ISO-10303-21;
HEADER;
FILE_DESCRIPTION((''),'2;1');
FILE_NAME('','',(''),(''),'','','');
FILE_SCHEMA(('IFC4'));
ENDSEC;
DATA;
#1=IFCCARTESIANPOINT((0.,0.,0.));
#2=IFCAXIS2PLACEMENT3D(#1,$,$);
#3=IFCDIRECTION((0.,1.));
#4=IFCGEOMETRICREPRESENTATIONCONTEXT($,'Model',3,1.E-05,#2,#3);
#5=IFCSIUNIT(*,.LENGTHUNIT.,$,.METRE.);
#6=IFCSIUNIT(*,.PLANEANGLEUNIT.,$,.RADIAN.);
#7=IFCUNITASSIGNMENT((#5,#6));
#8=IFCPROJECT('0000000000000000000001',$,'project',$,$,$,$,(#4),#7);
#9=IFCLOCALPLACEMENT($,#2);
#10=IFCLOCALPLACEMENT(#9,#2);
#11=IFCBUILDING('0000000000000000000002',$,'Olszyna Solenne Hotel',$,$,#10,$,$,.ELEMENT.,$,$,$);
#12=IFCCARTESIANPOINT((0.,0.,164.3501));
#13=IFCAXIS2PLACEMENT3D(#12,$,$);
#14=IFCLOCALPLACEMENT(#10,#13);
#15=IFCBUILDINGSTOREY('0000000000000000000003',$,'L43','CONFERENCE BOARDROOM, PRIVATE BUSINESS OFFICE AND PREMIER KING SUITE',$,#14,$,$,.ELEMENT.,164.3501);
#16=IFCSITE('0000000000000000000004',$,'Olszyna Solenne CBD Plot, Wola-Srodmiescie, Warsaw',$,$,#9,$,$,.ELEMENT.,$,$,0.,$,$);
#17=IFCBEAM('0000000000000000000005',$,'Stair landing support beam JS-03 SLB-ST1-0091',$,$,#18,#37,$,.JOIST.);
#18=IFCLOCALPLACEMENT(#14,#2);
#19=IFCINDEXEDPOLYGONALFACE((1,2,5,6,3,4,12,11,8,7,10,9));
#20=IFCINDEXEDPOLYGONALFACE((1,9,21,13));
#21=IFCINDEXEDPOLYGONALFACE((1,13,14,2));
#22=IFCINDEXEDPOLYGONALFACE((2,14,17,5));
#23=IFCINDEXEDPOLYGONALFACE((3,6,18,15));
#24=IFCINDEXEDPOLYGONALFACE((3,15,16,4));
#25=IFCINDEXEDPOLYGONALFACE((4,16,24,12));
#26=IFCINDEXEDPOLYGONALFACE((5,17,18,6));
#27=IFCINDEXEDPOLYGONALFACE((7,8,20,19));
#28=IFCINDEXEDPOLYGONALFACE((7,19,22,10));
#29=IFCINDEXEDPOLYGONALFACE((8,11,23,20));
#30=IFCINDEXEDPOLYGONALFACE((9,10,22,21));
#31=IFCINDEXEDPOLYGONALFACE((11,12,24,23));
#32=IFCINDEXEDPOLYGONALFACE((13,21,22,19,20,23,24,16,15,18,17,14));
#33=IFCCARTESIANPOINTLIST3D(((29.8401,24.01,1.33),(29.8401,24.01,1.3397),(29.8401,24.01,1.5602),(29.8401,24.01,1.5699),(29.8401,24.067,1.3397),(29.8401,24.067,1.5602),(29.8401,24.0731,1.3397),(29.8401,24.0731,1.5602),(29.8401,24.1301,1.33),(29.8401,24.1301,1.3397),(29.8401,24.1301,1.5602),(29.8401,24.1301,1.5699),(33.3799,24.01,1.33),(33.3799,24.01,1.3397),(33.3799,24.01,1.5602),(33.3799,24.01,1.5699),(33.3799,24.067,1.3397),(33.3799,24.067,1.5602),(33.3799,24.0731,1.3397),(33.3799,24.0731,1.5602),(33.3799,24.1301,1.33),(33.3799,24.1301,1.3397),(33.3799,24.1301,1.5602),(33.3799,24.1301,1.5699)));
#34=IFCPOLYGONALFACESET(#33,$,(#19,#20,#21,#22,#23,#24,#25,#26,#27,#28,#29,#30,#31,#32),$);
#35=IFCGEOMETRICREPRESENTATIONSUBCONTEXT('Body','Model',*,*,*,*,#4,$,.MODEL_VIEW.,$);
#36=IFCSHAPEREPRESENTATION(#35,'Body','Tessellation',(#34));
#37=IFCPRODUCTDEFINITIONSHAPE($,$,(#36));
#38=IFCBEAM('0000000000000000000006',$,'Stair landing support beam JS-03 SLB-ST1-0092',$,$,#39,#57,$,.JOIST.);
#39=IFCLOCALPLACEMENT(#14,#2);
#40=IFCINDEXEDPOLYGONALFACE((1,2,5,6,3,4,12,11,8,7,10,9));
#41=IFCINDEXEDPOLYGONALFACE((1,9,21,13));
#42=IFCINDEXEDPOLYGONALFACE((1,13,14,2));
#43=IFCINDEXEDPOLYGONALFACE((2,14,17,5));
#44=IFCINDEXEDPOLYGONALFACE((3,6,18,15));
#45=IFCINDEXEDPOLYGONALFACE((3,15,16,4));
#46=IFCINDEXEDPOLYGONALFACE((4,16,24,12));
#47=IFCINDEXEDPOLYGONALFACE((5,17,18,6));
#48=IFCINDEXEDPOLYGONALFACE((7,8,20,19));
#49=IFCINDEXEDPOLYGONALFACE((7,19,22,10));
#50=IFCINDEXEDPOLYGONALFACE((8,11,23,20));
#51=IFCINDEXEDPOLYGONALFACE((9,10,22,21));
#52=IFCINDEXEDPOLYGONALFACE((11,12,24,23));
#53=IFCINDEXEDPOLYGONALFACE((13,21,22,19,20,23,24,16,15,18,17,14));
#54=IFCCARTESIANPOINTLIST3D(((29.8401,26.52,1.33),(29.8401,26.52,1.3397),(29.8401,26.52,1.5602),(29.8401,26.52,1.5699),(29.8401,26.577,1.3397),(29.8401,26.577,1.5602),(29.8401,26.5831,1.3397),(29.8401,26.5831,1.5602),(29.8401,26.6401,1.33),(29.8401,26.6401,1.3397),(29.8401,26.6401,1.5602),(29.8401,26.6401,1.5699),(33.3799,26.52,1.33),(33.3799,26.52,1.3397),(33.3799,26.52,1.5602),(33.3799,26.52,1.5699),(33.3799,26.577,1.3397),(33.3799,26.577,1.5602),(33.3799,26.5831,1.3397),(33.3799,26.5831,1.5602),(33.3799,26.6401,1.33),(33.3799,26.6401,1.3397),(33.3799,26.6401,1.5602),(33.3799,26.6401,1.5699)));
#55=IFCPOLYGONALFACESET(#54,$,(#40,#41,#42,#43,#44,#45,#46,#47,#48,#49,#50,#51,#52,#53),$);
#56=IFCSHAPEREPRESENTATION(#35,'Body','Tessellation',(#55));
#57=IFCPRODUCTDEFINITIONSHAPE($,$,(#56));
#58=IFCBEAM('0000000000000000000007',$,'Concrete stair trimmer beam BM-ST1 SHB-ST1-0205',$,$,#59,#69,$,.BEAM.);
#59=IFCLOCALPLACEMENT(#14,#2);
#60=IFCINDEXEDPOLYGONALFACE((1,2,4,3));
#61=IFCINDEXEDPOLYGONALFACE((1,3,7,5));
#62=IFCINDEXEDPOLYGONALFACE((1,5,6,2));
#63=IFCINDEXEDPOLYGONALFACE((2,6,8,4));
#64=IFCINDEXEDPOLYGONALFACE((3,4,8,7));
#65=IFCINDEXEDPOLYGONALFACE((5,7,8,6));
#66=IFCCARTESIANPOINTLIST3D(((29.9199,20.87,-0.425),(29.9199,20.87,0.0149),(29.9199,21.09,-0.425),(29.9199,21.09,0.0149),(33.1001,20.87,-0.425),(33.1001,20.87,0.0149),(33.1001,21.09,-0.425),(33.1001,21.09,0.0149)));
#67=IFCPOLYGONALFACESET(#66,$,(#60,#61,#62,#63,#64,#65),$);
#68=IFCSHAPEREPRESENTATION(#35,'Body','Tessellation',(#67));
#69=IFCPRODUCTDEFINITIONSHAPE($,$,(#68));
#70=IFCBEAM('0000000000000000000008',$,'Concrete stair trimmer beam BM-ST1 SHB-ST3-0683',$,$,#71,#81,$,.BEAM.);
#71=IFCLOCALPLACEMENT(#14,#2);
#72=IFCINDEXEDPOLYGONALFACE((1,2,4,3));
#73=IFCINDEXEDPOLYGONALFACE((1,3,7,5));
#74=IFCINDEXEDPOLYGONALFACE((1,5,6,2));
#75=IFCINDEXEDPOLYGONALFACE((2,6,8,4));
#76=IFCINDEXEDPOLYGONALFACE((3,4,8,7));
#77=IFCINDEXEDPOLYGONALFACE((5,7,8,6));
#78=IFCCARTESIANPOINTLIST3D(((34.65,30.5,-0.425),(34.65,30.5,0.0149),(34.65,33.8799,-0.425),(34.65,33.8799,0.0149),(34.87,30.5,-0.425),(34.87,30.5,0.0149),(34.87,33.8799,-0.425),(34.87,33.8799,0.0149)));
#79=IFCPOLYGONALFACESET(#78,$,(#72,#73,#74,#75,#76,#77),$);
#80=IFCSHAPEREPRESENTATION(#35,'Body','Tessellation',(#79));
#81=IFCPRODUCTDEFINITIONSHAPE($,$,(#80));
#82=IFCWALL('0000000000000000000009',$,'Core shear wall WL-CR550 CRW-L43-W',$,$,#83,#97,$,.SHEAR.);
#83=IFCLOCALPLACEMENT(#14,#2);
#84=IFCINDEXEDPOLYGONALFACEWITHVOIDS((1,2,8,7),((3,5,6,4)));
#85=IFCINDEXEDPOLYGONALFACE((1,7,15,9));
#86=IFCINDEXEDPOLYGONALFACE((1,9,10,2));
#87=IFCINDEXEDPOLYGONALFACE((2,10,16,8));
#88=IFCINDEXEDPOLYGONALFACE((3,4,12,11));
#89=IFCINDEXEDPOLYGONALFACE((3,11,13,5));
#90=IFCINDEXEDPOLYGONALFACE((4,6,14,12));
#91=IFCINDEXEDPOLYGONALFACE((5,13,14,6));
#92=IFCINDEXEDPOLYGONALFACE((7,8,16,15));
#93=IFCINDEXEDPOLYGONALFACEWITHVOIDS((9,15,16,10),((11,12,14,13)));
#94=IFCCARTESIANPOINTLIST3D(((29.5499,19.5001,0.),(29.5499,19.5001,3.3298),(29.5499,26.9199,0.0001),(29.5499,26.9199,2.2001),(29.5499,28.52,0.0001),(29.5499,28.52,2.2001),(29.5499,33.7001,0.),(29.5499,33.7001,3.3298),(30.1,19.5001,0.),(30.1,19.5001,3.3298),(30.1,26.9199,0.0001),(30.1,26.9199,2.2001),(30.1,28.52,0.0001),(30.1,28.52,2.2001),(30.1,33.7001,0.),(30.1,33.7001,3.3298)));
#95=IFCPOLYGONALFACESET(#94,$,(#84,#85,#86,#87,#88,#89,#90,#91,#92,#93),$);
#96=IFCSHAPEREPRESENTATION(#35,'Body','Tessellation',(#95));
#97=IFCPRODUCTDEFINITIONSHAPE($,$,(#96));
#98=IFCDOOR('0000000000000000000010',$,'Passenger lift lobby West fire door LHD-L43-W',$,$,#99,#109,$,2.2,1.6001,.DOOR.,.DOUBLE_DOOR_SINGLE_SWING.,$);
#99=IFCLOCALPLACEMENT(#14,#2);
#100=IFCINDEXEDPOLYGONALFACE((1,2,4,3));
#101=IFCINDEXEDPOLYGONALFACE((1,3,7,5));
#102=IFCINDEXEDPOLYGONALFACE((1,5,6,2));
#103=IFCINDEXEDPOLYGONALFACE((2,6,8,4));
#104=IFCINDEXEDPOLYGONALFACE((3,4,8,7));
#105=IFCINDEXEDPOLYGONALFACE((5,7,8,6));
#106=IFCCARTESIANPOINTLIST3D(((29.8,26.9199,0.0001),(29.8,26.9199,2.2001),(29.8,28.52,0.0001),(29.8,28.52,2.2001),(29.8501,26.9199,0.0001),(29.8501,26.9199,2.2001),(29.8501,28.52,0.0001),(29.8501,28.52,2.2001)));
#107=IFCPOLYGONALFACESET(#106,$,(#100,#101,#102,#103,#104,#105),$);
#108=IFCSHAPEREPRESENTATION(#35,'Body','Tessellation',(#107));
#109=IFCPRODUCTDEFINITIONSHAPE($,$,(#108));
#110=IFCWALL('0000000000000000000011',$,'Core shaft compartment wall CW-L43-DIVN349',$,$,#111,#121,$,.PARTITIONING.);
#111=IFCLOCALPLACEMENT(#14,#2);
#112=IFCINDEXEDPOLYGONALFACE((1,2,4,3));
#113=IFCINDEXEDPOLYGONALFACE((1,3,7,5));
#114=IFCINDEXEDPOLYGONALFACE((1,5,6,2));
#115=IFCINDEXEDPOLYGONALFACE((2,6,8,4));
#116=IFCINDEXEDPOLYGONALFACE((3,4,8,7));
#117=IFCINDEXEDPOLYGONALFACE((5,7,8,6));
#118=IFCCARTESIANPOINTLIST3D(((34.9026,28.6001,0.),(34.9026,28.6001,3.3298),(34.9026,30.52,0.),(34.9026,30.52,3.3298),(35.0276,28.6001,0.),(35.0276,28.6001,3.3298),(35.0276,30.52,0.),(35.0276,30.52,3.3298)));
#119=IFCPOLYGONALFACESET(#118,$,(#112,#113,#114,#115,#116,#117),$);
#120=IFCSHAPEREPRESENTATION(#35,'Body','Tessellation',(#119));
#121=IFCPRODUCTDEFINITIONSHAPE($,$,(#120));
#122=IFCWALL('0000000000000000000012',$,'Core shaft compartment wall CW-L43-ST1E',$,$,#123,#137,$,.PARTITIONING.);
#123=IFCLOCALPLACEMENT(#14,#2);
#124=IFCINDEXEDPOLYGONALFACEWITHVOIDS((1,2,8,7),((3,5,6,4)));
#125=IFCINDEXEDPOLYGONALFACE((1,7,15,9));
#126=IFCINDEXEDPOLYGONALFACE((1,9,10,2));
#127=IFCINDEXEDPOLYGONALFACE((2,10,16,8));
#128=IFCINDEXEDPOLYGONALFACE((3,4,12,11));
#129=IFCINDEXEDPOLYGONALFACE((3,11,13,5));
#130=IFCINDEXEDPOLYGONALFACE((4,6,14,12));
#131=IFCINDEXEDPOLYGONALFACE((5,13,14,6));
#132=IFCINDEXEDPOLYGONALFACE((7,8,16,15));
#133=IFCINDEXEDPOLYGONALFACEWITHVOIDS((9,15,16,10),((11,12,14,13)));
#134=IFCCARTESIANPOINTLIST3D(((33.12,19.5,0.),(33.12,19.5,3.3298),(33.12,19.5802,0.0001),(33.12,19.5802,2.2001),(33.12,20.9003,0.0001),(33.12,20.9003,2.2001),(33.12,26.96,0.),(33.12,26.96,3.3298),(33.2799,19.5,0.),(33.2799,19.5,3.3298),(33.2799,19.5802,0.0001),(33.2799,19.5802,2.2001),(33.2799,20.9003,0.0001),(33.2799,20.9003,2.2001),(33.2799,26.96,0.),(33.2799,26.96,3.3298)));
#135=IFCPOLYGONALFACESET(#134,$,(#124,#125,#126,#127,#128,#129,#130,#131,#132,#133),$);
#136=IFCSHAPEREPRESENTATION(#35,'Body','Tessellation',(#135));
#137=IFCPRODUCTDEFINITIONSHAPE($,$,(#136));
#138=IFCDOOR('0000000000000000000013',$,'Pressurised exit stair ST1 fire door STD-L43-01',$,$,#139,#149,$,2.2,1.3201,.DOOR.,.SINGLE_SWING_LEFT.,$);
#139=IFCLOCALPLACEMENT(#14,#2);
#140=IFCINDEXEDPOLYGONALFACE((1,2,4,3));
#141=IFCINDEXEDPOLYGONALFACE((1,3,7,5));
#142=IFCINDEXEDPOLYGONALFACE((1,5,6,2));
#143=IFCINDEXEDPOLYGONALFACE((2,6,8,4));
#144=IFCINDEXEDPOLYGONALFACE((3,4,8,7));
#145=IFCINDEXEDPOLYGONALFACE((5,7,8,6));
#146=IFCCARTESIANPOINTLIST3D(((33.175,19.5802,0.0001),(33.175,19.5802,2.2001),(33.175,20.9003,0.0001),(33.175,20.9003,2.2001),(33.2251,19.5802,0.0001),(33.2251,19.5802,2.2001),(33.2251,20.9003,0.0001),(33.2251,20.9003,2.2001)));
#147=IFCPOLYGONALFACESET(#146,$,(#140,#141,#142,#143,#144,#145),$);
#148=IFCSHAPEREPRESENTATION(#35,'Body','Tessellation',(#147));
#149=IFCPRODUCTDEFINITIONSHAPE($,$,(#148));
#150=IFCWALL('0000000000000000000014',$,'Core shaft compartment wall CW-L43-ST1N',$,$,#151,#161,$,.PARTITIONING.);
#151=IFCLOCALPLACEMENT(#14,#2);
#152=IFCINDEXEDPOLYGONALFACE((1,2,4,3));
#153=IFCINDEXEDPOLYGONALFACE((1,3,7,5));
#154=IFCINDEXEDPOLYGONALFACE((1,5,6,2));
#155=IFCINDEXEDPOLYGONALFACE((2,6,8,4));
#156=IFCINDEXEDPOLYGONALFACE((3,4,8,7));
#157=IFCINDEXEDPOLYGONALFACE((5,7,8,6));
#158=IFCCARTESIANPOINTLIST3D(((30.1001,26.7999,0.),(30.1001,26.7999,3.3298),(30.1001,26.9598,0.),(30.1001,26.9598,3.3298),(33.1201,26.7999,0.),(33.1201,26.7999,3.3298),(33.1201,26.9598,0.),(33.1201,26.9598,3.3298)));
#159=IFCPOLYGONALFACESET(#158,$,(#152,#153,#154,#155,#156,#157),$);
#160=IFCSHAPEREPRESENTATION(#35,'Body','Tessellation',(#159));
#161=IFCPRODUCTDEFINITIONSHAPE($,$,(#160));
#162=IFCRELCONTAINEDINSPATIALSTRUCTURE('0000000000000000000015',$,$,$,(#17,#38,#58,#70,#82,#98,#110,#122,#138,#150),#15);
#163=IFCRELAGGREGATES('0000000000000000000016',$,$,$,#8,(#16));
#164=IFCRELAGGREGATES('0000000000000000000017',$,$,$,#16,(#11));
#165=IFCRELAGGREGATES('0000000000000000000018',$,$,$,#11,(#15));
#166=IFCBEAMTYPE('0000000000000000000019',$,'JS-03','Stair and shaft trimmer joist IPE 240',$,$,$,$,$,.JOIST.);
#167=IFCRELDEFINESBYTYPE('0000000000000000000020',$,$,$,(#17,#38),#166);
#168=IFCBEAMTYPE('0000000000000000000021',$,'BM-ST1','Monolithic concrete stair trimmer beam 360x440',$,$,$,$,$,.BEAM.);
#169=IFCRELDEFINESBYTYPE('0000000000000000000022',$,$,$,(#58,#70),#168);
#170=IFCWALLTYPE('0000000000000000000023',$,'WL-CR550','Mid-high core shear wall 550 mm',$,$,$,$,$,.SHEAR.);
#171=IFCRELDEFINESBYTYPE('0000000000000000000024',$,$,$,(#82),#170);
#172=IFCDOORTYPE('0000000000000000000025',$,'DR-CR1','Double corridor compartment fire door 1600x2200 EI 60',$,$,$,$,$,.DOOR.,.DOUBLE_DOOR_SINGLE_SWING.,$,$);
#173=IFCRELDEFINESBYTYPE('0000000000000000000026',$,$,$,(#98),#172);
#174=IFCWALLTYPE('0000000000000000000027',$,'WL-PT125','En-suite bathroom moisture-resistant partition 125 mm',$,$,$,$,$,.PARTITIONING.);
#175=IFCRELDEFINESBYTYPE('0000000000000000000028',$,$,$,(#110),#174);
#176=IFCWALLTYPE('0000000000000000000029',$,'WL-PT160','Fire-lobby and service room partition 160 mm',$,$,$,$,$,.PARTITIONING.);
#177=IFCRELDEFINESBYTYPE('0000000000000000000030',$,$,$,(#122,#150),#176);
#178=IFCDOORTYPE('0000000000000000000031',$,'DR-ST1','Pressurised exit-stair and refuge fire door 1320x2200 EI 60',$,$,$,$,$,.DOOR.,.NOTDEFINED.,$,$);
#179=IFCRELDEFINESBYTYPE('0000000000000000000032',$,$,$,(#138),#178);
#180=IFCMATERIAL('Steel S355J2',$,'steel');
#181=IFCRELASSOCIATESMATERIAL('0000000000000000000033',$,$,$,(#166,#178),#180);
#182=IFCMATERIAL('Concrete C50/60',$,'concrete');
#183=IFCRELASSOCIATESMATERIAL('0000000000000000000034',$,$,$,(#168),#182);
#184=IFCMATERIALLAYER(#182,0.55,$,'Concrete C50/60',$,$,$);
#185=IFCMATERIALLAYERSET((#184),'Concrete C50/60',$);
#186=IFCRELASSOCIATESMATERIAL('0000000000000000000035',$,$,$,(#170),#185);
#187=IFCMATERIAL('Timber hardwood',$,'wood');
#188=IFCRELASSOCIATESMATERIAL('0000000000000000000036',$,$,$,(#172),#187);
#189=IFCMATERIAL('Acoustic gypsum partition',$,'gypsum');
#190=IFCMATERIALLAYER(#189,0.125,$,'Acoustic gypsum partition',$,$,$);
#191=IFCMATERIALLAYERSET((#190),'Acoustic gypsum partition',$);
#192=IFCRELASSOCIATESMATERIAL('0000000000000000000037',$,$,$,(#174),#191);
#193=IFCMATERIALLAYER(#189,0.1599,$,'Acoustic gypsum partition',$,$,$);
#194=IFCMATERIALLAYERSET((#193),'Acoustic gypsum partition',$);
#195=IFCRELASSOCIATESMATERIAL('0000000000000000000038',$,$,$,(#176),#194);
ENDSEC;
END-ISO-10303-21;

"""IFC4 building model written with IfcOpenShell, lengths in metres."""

from ifc_helpers import new_model, si_unit, direction, frame, frame_2d, origin, origin_2d, place, context, subcontext, project, spatial, rectangle, i_section, extrude, source, transform, mapped, material, layer, layer_set, material_profile, profile_set, type_object, type_shapes, element, fill, save


model = new_model("IFC4")

# Units and contexts
model_context = context("Model", 3, precision=1e-05, world=origin(), true_north=direction((0.0, 1.0)))
body_context = subcontext(model_context, "Body", "Model", "MODEL_VIEW")
ifc_project = project(units=[si_unit("LENGTHUNIT", "METRE"), si_unit("PLANEANGLEUNIT", "RADIAN")], contexts=[model_context])

# Site, building, storey
site_placement = place(None, origin())
site = spatial("IfcSite", under=ifc_project, at=site_placement, Name="Olszyna Solenne CBD Plot, Wola-Srodmiescie, Warsaw", CompositionType="ELEMENT", RefElevation=0.0)
building_placement = place(site_placement, origin())
building = spatial("IfcBuilding", under=site, at=building_placement, Name="Olszyna Solenne Hotel", CompositionType="ELEMENT")
storey_placement = place(building_placement, frame((0.0, 0.0, 164.3501)))
storey = spatial("IfcBuildingStorey", under=building, at=storey_placement, Name="L43", Description="CONFERENCE BOARDROOM, PRIVATE BUSINESS OFFICE AND PREMIER KING SUITE", CompositionType="ELEMENT", Elevation=164.3501)

# Beams
ifc_material_1 = material(Name="Steel S355J2", Category="steel")
ifc_material_profile_1 = material_profile(ifc_material_1, i_section(OverallWidth=0.1201, OverallDepth=0.24, WebThickness=0.0061, FlangeThickness=0.0098, at=origin_2d()), Name="IPE 240", Category="load-bearing")
ifc_profile_set_1 = profile_set([ifc_material_profile_1], Name="Steel S355J2")
beam_type_1 = type_object("IfcBeamType", Name="JS-03", Description="Stair and shaft trimmer joist IPE 240", PredefinedType="JOIST", material=ifc_profile_set_1)
shared_shape_1 = source(origin(), body_context, "Body", "SweptSolid", [
    extrude(i_section(OverallWidth=0.1201, OverallDepth=0.24, WebThickness=0.0061, FlangeThickness=0.0098, at=origin_2d()), origin(), (0.0, 0.0, 1.0), 3.5398),
])
for number, where, z_axis, x_axis, name in (
    (1, (33.3799, 24.0701, 1.45), (-1.0, 0.0, 0.0), (0.0, -1.0, 0.0), "Stair landing support beam JS-03 SLB-ST1-0091"),
    (2, (33.3799, 26.5801, 1.45), (-1.0, 0.0, 0.0), (0.0, -1.0, 0.0), "Stair landing support beam JS-03 SLB-ST1-0092"),
):
    element("IfcBeam", number, at=place(storey_placement, frame(where, z_axis=z_axis, x_axis=x_axis)), inside=storey, type_object=beam_type_1, Name=name, PredefinedType="JOIST", context=body_context, shape_type="MappedRepresentation", body=[
        mapped(shared_shape_1, transform((0.0, 0.0, 0.0), x_axis=(1.0, 0.0, 0.0), y_axis=(0.0, 1.0, 0.0), z_axis=(0.0, 0.0, 1.0), scale=1.0)),
    ])
ifc_material_2 = material(Name="Concrete C50/60", Category="concrete")
ifc_material_profile_2 = material_profile(ifc_material_2, rectangle(XDim=0.22, YDim=0.4399, at=origin_2d()), Name="RC 220x440", Category="load-bearing")
ifc_profile_set_2 = profile_set([ifc_material_profile_2], Name="Concrete C50/60")
beam_type_2 = type_object("IfcBeamType", Name="BM-ST1", Description="Monolithic concrete stair trimmer beam 360x440", PredefinedType="BEAM", material=ifc_profile_set_2)
shared_shape_2 = source(origin(), body_context, "Body", "SweptSolid", [
    extrude(rectangle(XDim=0.22, YDim=0.4399, at=origin_2d()), origin(), (0.0, 0.0, 1.0), 3.1802),
])
beam_1_placement = place(storey_placement, frame((33.1001, 20.98, -0.2051), z_axis=(-1.0, 0.0, 0.0), x_axis=(0.0, -1.0, 0.0)))
element("IfcBeam", 3, at=beam_1_placement, inside=storey, type_object=beam_type_2, Name="Concrete stair trimmer beam BM-ST1 SHB-ST1-0205", PredefinedType="BEAM", context=body_context, shape_type="MappedRepresentation", body=[
    mapped(shared_shape_2, transform((0.0, 0.0, 0.0), x_axis=(1.0, 0.0, 0.0), y_axis=(0.0, 1.0, 0.0), z_axis=(0.0, 0.0, 1.0), scale=1.0)),
])
shared_shape_3 = source(origin(), body_context, "Body", "SweptSolid", [
    extrude(rectangle(XDim=0.22, YDim=0.4399, at=origin_2d()), origin(), (0.0, 0.0, 1.0), 3.3799),
])
beam_2_placement = place(storey_placement, frame((34.76, 30.5, -0.2051), z_axis=(0.0, 1.0, 0.0), x_axis=(-1.0, 0.0, 0.0)))
element("IfcBeam", 4, at=beam_2_placement, inside=storey, type_object=beam_type_2, Name="Concrete stair trimmer beam BM-ST1 SHB-ST3-0683", PredefinedType="BEAM", context=body_context, shape_type="MappedRepresentation", body=[
    mapped(shared_shape_3, transform((0.0, 0.0, 0.0), x_axis=(1.0, 0.0, 0.0), y_axis=(0.0, 1.0, 0.0), z_axis=(0.0, 0.0, 1.0), scale=1.0)),
])

# Wall, opening, door
ifc_layer_1 = layer(ifc_material_2, 0.55, Name="Concrete C50/60")
ifc_layer_set_1 = layer_set([ifc_layer_1], Name="Concrete C50/60")
wall_type_1 = type_object("IfcWallType", Name="WL-CR550", Description="Mid-high core shear wall 550 mm", PredefinedType="SHEAR", material=ifc_layer_set_1)
wall_1_placement = place(storey_placement, frame((29.825, 19.5, 0.0), z_axis=(0.0, 0.0, 1.0), x_axis=(0.0, 1.0, 0.0)))
wall_1 = element("IfcWall", 5, at=wall_1_placement, inside=storey, type_object=wall_type_1, Name="Core shear wall WL-CR550 CRW-L43-W", PredefinedType="SHEAR", context=body_context, shape_type="SweptSolid", body=[
    extrude(rectangle(XDim=14.2, YDim=0.55, at=frame_2d((7.1001, 0.0))), origin(), (0.0, 0.0, 1.0), 3.3298),
])
opening_1_placement = place(wall_1_placement, frame((7.4199, 0.0, 0.0)))
opening_1 = element("IfcOpeningElement", 6, at=opening_1_placement, cuts=wall_1, PredefinedType="OPENING", context=body_context, shape_type="SweptSolid", body=[
    extrude(rectangle(XDim=1.6001, YDim=2.2, at=frame_2d((0.8, 1.1001))), frame((0.0, 0.2852, 0.0), z_axis=(0.0, -1.0, 0.0), x_axis=(1.0, 0.0, 0.0)), (0.0, 0.0, 1.0), 0.5701),
])
ifc_material_3 = material(Name="Timber hardwood", Category="wood")
door_type_1 = type_object("IfcDoorType", Name="DR-CR1", Description="Double corridor compartment fire door 1600x2200 EI 60", OperationType="DOUBLE_DOOR_SINGLE_SWING", PredefinedType="DOOR", material=ifc_material_3)
shared_shape_4 = source(origin(), body_context, "Body", "SweptSolid", [
    extrude(rectangle(XDim=1.6001, YDim=2.2, at=frame_2d((0.8, 1.1001))), frame((0.0, 0.0249, 0.0), z_axis=(0.0, -1.0, 0.0), x_axis=(1.0, 0.0, 0.0)), (0.0, 0.0, 1.0), 0.05),
])
type_shapes(door_type_1, [shared_shape_4])
door_1_placement = place(opening_1_placement, origin())
door_1 = element("IfcDoor", 7, at=door_1_placement, inside=storey, type_object=door_type_1, Name="Passenger lift lobby West fire door LHD-L43-W", OperationType="DOUBLE_DOOR_SINGLE_SWING", OverallHeight=2.2, OverallWidth=1.6001, PredefinedType="DOOR", context=body_context, shape_type="MappedRepresentation", body=[
    mapped(shared_shape_4, transform((0.0, 0.0, 0.0), x_axis=(1.0, 0.0, 0.0), y_axis=(0.0, 1.0, 0.0), z_axis=(0.0, 0.0, 1.0), scale=1.0)),
])
fill(opening_1, door_1)

# Wall
ifc_material_4 = material(Name="Acoustic gypsum partition", Category="gypsum")
ifc_layer_2 = layer(ifc_material_4, 0.125, Name="Acoustic gypsum partition")
ifc_layer_set_2 = layer_set([ifc_layer_2], Name="Acoustic gypsum partition")
wall_type_2 = type_object("IfcWallType", Name="WL-PT125", Description="En-suite bathroom moisture-resistant partition 125 mm", PredefinedType="PARTITIONING", material=ifc_layer_set_2)
wall_2_placement = place(storey_placement, frame((34.9651, 28.6001, 0.0), z_axis=(0.0, 0.0, 1.0), x_axis=(0.0, 1.0, 0.0)))
element("IfcWall", 8, at=wall_2_placement, inside=storey, type_object=wall_type_2, Name="Core shaft compartment wall CW-L43-DIVN349", PredefinedType="PARTITIONING", context=body_context, shape_type="SweptSolid", body=[
    extrude(rectangle(XDim=1.9199, YDim=0.125, at=frame_2d((0.96, 0.0))), origin(), (0.0, 0.0, 1.0), 3.3298),
])

# Wall, opening, door
ifc_layer_3 = layer(ifc_material_4, 0.1599, Name="Acoustic gypsum partition")
ifc_layer_set_3 = layer_set([ifc_layer_3], Name="Acoustic gypsum partition")
wall_type_3 = type_object("IfcWallType", Name="WL-PT160", Description="Fire-lobby and service room partition 160 mm", PredefinedType="PARTITIONING", material=ifc_layer_set_3)
wall_3_placement = place(storey_placement, frame((33.2, 19.5, 0.0), z_axis=(0.0, 0.0, 1.0), x_axis=(0.0, 1.0, 0.0)))
wall_3 = element("IfcWall", 9, at=wall_3_placement, inside=storey, type_object=wall_type_3, Name="Core shaft compartment wall CW-L43-ST1E", PredefinedType="PARTITIONING", context=body_context, shape_type="SweptSolid", body=[
    extrude(rectangle(XDim=7.46, YDim=0.1599, at=frame_2d((3.73, 0.0))), origin(), (0.0, 0.0, 1.0), 3.3298),
])
opening_2_placement = place(wall_3_placement, frame((0.0801, 0.0, 0.0)))
opening_2 = element("IfcOpeningElement", 10, at=opening_2_placement, cuts=wall_3, PredefinedType="OPENING", context=body_context, shape_type="SweptSolid", body=[
    extrude(rectangle(XDim=1.3201, YDim=2.2, at=frame_2d((0.6602, 1.1001))), frame((0.0, 0.0898, 0.0), z_axis=(0.0, -1.0, 0.0), x_axis=(1.0, 0.0, 0.0)), (0.0, 0.0, 1.0), 0.1799),
])
door_type_2 = type_object("IfcDoorType", Name="DR-ST1", Description="Pressurised exit-stair and refuge fire door 1320x2200 EI 60", OperationType="NOTDEFINED", PredefinedType="DOOR", material=ifc_material_1)
shared_shape_5 = source(origin(), body_context, "Body", "SweptSolid", [
    extrude(rectangle(XDim=1.3201, YDim=2.2, at=frame_2d((0.6602, 1.1001))), frame((0.0, 0.0249, 0.0), z_axis=(0.0, -1.0, 0.0), x_axis=(1.0, 0.0, 0.0)), (0.0, 0.0, 1.0), 0.05),
])
type_shapes(door_type_2, [shared_shape_5])
door_2_placement = place(opening_2_placement, origin())
door_2 = element("IfcDoor", 11, at=door_2_placement, inside=storey, type_object=door_type_2, Name="Pressurised exit stair ST1 fire door STD-L43-01", OperationType="SINGLE_SWING_LEFT", OverallHeight=2.2, OverallWidth=1.3201, PredefinedType="DOOR", context=body_context, shape_type="MappedRepresentation", body=[
    mapped(shared_shape_5, transform((0.0, 0.0, 0.0), x_axis=(1.0, 0.0, 0.0), y_axis=(0.0, 1.0, 0.0), z_axis=(0.0, 0.0, 1.0), scale=1.0)),
])
fill(opening_2, door_2)

# Wall
wall_4_placement = place(storey_placement, frame((30.1001, 26.8799, 0.0), z_axis=(0.0, 0.0, 1.0), x_axis=(1.0, 0.0, 0.0)))
element("IfcWall", 12, at=wall_4_placement, inside=storey, type_object=wall_type_3, Name="Core shaft compartment wall CW-L43-ST1N", PredefinedType="PARTITIONING", context=body_context, shape_type="SweptSolid", body=[
    extrude(rectangle(XDim=3.02, YDim=0.1599, at=frame_2d((1.51, 0.0))), origin(), (0.0, 0.0, 1.0), 3.3298),
])

save(model, "model.ifc")
